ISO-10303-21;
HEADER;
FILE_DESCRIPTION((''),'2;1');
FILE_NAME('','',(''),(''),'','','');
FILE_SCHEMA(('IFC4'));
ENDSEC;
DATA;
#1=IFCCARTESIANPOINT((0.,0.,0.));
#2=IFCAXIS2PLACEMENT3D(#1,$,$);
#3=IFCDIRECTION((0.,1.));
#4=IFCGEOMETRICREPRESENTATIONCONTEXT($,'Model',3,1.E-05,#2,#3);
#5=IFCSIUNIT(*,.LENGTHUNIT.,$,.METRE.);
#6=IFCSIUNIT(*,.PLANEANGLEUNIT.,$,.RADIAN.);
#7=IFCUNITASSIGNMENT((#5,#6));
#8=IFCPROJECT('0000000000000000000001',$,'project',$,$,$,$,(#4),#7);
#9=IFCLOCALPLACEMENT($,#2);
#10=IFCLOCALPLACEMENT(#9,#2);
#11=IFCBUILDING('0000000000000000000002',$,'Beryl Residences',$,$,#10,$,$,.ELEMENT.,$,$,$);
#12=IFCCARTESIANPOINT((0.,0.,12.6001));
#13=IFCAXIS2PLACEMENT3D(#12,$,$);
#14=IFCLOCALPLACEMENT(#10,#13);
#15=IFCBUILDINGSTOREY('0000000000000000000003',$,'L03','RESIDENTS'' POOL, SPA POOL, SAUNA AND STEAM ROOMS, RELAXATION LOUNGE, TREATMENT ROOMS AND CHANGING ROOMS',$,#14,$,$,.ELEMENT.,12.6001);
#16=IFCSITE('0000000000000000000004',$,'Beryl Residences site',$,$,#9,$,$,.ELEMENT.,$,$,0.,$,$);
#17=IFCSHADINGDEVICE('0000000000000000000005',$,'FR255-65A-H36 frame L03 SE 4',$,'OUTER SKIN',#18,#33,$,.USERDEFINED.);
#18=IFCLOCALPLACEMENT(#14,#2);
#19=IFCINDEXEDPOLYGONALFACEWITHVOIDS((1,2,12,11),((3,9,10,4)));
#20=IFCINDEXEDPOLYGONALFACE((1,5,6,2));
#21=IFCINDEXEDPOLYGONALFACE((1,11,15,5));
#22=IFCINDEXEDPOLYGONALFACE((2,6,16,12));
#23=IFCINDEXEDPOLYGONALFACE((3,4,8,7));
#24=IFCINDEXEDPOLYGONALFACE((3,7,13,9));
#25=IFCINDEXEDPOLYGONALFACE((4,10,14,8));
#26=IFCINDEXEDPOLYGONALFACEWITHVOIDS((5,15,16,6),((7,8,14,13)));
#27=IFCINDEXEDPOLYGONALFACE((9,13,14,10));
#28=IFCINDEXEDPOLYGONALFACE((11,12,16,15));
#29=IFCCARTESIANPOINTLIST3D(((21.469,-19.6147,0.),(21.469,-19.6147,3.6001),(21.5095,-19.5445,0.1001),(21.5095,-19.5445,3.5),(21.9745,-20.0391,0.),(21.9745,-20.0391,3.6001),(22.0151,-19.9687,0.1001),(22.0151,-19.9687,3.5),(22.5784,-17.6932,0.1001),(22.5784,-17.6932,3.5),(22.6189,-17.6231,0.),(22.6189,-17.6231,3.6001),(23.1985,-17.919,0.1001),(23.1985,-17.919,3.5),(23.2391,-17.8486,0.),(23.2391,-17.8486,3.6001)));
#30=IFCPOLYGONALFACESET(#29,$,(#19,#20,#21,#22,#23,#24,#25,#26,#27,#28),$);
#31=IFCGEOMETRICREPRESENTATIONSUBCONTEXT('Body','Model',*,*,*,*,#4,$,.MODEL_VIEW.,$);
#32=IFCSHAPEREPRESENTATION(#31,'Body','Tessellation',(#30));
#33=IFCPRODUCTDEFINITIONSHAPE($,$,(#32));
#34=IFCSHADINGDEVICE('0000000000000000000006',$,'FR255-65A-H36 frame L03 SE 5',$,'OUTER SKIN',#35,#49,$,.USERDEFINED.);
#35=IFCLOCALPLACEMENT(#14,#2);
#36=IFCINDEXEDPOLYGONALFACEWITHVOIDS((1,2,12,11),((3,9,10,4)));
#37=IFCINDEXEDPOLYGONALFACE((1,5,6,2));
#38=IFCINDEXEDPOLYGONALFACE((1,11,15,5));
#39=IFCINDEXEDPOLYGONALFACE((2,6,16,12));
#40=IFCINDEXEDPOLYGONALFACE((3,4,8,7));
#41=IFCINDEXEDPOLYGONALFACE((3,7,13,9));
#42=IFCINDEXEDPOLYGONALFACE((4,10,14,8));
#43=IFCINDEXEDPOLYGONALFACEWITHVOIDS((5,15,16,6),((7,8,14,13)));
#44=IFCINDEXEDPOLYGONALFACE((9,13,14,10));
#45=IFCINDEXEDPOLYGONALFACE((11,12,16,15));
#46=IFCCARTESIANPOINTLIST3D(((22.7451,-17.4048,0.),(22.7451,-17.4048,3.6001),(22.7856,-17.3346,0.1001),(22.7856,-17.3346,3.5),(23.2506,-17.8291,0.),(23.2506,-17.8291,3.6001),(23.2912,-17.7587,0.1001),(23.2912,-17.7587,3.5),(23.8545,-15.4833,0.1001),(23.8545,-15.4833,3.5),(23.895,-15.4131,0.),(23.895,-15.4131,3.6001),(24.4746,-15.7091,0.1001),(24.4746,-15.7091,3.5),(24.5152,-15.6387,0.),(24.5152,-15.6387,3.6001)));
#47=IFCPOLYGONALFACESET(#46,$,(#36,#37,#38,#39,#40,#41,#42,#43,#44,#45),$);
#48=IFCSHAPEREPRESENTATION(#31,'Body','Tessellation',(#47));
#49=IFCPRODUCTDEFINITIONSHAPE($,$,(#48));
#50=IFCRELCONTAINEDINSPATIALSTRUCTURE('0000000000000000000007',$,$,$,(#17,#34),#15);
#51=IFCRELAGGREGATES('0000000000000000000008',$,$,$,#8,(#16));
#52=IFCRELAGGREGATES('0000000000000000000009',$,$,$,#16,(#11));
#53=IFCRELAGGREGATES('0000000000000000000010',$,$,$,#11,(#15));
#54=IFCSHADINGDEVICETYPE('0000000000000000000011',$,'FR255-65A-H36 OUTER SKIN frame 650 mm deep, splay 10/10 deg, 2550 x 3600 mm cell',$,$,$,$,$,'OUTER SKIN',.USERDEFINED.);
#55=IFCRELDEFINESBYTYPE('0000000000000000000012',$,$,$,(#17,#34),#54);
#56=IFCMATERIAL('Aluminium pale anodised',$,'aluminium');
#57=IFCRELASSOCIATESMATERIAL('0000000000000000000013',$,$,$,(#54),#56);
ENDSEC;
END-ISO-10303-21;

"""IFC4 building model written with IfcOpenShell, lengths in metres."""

from ifc_helpers import new_model, entity, si_unit, direction, frame, origin, place, context, subcontext, project, spatial, source, transform, mapped, material, type_object, type_shapes, element, save


model = new_model("IFC4")

# Units and contexts
model_context = context("Model", 3, precision=1e-05, world=origin(), true_north=direction((0.0, 1.0)))
body_context = subcontext(model_context, "Body", "Model", "MODEL_VIEW")
ifc_project = project(units=[si_unit("LENGTHUNIT", "METRE"), si_unit("PLANEANGLEUNIT", "RADIAN")], contexts=[model_context])

# Site, building, storey
site_placement = place(None, origin())
site = spatial("IfcSite", under=ifc_project, at=site_placement, Name="Beryl Residences site", CompositionType="ELEMENT", RefElevation=0.0)
building_placement = place(site_placement, origin())
building = spatial("IfcBuilding", under=site, at=building_placement, Name="Beryl Residences", CompositionType="ELEMENT")
storey_placement = place(building_placement, frame((0.0, 0.0, 12.6001)))
storey = spatial("IfcBuildingStorey", under=building, at=storey_placement, Name="L03", Description="RESIDENTS' POOL, SPA POOL, SAUNA AND STEAM ROOMS, RELAXATION LOUNGE, TREATMENT ROOMS AND CHANGING ROOMS", CompositionType="ELEMENT", Elevation=12.6001)

# Shading devices
ifc_material_1 = material(Name="Aluminium pale anodised", Category="aluminium")
shading_device_type_1 = type_object("IfcShadingDeviceType", Name="FR255-65A-H36 OUTER SKIN frame 650 mm deep, splay 10/10 deg, 2550 x 3600 mm cell", ElementType="OUTER SKIN", PredefinedType="USERDEFINED", material=ifc_material_1)
cartesian_point_1 = entity("IfcCartesianPoint", [-1.1499, 0.0])
cartesian_point_2 = entity("IfcCartesianPoint", [-1.0688, 0.1001])
cartesian_point_3 = entity("IfcCartesianPoint", [-1.2646, 0.0])
cartesian_point_4 = entity("IfcCartesianPoint", [-1.1833, 0.1001])
shared_shape_1 = source(origin(), body_context, "Body", "SweptSolid", [
    entity("IfcExtrudedAreaSolidTapered", entity("IfcArbitraryProfileDefWithVoids", "AREA", None, entity("IfcPolyline", [cartesian_point_1, entity("IfcCartesianPoint", [1.1499, 0.0]), entity("IfcCartesianPoint", [1.1499, 3.6001]), entity("IfcCartesianPoint", [-1.1499, 3.6001]), cartesian_point_1]), [entity("IfcPolyline", [cartesian_point_2, entity("IfcCartesianPoint", [1.0688, 0.1001]), entity("IfcCartesianPoint", [1.0688, 3.5]), entity("IfcCartesianPoint", [-1.0688, 3.5]), cartesian_point_2])]), entity("IfcAxis2Placement3D", entity("IfcCartesianPoint", [0.0, 0.0, 0.0]), entity("IfcDirection", [0.0, 1.0, 0.0]), entity("IfcDirection", [-1.0, 0.0, 0.0])), entity("IfcDirection", [0.0, 0.0, 1.0]), 0.6499, entity("IfcArbitraryProfileDefWithVoids", "AREA", None, entity("IfcPolyline", [cartesian_point_3, entity("IfcCartesianPoint", [1.2646, 0.0]), entity("IfcCartesianPoint", [1.2646, 3.6001]), entity("IfcCartesianPoint", [-1.2646, 3.6001]), cartesian_point_3]), [entity("IfcPolyline", [cartesian_point_4, entity("IfcCartesianPoint", [1.1833, 0.1001]), entity("IfcCartesianPoint", [1.1833, 3.5]), entity("IfcCartesianPoint", [-1.1833, 3.5]), cartesian_point_4])])),
])
type_shapes(shading_device_type_1, [shared_shape_1])
for number, where, z_axis, x_axis, name in (
    (1, (22.0439, -18.6189, 0.0), (0.0, 0.0, 1.0), (-0.5, -0.866025, 0.0), "FR255-65A-H36 frame L03 SE 4"),
    (2, (23.3201, -16.4089, 0.0), (0.0, 0.0, 1.0), (-0.5, -0.866025, 0.0), "FR255-65A-H36 frame L03 SE 5"),
):
    element("IfcShadingDevice", number, at=place(storey_placement, frame(where, z_axis=z_axis, x_axis=x_axis)), inside=storey, type_object=shading_device_type_1, Name=name, ObjectType="OUTER SKIN", PredefinedType="USERDEFINED", context=body_context, shape_type="MappedRepresentation", body=[
        mapped(shared_shape_1, transform((0.0, 0.0, 0.0))),
    ])

save(model, "model.ifc")
